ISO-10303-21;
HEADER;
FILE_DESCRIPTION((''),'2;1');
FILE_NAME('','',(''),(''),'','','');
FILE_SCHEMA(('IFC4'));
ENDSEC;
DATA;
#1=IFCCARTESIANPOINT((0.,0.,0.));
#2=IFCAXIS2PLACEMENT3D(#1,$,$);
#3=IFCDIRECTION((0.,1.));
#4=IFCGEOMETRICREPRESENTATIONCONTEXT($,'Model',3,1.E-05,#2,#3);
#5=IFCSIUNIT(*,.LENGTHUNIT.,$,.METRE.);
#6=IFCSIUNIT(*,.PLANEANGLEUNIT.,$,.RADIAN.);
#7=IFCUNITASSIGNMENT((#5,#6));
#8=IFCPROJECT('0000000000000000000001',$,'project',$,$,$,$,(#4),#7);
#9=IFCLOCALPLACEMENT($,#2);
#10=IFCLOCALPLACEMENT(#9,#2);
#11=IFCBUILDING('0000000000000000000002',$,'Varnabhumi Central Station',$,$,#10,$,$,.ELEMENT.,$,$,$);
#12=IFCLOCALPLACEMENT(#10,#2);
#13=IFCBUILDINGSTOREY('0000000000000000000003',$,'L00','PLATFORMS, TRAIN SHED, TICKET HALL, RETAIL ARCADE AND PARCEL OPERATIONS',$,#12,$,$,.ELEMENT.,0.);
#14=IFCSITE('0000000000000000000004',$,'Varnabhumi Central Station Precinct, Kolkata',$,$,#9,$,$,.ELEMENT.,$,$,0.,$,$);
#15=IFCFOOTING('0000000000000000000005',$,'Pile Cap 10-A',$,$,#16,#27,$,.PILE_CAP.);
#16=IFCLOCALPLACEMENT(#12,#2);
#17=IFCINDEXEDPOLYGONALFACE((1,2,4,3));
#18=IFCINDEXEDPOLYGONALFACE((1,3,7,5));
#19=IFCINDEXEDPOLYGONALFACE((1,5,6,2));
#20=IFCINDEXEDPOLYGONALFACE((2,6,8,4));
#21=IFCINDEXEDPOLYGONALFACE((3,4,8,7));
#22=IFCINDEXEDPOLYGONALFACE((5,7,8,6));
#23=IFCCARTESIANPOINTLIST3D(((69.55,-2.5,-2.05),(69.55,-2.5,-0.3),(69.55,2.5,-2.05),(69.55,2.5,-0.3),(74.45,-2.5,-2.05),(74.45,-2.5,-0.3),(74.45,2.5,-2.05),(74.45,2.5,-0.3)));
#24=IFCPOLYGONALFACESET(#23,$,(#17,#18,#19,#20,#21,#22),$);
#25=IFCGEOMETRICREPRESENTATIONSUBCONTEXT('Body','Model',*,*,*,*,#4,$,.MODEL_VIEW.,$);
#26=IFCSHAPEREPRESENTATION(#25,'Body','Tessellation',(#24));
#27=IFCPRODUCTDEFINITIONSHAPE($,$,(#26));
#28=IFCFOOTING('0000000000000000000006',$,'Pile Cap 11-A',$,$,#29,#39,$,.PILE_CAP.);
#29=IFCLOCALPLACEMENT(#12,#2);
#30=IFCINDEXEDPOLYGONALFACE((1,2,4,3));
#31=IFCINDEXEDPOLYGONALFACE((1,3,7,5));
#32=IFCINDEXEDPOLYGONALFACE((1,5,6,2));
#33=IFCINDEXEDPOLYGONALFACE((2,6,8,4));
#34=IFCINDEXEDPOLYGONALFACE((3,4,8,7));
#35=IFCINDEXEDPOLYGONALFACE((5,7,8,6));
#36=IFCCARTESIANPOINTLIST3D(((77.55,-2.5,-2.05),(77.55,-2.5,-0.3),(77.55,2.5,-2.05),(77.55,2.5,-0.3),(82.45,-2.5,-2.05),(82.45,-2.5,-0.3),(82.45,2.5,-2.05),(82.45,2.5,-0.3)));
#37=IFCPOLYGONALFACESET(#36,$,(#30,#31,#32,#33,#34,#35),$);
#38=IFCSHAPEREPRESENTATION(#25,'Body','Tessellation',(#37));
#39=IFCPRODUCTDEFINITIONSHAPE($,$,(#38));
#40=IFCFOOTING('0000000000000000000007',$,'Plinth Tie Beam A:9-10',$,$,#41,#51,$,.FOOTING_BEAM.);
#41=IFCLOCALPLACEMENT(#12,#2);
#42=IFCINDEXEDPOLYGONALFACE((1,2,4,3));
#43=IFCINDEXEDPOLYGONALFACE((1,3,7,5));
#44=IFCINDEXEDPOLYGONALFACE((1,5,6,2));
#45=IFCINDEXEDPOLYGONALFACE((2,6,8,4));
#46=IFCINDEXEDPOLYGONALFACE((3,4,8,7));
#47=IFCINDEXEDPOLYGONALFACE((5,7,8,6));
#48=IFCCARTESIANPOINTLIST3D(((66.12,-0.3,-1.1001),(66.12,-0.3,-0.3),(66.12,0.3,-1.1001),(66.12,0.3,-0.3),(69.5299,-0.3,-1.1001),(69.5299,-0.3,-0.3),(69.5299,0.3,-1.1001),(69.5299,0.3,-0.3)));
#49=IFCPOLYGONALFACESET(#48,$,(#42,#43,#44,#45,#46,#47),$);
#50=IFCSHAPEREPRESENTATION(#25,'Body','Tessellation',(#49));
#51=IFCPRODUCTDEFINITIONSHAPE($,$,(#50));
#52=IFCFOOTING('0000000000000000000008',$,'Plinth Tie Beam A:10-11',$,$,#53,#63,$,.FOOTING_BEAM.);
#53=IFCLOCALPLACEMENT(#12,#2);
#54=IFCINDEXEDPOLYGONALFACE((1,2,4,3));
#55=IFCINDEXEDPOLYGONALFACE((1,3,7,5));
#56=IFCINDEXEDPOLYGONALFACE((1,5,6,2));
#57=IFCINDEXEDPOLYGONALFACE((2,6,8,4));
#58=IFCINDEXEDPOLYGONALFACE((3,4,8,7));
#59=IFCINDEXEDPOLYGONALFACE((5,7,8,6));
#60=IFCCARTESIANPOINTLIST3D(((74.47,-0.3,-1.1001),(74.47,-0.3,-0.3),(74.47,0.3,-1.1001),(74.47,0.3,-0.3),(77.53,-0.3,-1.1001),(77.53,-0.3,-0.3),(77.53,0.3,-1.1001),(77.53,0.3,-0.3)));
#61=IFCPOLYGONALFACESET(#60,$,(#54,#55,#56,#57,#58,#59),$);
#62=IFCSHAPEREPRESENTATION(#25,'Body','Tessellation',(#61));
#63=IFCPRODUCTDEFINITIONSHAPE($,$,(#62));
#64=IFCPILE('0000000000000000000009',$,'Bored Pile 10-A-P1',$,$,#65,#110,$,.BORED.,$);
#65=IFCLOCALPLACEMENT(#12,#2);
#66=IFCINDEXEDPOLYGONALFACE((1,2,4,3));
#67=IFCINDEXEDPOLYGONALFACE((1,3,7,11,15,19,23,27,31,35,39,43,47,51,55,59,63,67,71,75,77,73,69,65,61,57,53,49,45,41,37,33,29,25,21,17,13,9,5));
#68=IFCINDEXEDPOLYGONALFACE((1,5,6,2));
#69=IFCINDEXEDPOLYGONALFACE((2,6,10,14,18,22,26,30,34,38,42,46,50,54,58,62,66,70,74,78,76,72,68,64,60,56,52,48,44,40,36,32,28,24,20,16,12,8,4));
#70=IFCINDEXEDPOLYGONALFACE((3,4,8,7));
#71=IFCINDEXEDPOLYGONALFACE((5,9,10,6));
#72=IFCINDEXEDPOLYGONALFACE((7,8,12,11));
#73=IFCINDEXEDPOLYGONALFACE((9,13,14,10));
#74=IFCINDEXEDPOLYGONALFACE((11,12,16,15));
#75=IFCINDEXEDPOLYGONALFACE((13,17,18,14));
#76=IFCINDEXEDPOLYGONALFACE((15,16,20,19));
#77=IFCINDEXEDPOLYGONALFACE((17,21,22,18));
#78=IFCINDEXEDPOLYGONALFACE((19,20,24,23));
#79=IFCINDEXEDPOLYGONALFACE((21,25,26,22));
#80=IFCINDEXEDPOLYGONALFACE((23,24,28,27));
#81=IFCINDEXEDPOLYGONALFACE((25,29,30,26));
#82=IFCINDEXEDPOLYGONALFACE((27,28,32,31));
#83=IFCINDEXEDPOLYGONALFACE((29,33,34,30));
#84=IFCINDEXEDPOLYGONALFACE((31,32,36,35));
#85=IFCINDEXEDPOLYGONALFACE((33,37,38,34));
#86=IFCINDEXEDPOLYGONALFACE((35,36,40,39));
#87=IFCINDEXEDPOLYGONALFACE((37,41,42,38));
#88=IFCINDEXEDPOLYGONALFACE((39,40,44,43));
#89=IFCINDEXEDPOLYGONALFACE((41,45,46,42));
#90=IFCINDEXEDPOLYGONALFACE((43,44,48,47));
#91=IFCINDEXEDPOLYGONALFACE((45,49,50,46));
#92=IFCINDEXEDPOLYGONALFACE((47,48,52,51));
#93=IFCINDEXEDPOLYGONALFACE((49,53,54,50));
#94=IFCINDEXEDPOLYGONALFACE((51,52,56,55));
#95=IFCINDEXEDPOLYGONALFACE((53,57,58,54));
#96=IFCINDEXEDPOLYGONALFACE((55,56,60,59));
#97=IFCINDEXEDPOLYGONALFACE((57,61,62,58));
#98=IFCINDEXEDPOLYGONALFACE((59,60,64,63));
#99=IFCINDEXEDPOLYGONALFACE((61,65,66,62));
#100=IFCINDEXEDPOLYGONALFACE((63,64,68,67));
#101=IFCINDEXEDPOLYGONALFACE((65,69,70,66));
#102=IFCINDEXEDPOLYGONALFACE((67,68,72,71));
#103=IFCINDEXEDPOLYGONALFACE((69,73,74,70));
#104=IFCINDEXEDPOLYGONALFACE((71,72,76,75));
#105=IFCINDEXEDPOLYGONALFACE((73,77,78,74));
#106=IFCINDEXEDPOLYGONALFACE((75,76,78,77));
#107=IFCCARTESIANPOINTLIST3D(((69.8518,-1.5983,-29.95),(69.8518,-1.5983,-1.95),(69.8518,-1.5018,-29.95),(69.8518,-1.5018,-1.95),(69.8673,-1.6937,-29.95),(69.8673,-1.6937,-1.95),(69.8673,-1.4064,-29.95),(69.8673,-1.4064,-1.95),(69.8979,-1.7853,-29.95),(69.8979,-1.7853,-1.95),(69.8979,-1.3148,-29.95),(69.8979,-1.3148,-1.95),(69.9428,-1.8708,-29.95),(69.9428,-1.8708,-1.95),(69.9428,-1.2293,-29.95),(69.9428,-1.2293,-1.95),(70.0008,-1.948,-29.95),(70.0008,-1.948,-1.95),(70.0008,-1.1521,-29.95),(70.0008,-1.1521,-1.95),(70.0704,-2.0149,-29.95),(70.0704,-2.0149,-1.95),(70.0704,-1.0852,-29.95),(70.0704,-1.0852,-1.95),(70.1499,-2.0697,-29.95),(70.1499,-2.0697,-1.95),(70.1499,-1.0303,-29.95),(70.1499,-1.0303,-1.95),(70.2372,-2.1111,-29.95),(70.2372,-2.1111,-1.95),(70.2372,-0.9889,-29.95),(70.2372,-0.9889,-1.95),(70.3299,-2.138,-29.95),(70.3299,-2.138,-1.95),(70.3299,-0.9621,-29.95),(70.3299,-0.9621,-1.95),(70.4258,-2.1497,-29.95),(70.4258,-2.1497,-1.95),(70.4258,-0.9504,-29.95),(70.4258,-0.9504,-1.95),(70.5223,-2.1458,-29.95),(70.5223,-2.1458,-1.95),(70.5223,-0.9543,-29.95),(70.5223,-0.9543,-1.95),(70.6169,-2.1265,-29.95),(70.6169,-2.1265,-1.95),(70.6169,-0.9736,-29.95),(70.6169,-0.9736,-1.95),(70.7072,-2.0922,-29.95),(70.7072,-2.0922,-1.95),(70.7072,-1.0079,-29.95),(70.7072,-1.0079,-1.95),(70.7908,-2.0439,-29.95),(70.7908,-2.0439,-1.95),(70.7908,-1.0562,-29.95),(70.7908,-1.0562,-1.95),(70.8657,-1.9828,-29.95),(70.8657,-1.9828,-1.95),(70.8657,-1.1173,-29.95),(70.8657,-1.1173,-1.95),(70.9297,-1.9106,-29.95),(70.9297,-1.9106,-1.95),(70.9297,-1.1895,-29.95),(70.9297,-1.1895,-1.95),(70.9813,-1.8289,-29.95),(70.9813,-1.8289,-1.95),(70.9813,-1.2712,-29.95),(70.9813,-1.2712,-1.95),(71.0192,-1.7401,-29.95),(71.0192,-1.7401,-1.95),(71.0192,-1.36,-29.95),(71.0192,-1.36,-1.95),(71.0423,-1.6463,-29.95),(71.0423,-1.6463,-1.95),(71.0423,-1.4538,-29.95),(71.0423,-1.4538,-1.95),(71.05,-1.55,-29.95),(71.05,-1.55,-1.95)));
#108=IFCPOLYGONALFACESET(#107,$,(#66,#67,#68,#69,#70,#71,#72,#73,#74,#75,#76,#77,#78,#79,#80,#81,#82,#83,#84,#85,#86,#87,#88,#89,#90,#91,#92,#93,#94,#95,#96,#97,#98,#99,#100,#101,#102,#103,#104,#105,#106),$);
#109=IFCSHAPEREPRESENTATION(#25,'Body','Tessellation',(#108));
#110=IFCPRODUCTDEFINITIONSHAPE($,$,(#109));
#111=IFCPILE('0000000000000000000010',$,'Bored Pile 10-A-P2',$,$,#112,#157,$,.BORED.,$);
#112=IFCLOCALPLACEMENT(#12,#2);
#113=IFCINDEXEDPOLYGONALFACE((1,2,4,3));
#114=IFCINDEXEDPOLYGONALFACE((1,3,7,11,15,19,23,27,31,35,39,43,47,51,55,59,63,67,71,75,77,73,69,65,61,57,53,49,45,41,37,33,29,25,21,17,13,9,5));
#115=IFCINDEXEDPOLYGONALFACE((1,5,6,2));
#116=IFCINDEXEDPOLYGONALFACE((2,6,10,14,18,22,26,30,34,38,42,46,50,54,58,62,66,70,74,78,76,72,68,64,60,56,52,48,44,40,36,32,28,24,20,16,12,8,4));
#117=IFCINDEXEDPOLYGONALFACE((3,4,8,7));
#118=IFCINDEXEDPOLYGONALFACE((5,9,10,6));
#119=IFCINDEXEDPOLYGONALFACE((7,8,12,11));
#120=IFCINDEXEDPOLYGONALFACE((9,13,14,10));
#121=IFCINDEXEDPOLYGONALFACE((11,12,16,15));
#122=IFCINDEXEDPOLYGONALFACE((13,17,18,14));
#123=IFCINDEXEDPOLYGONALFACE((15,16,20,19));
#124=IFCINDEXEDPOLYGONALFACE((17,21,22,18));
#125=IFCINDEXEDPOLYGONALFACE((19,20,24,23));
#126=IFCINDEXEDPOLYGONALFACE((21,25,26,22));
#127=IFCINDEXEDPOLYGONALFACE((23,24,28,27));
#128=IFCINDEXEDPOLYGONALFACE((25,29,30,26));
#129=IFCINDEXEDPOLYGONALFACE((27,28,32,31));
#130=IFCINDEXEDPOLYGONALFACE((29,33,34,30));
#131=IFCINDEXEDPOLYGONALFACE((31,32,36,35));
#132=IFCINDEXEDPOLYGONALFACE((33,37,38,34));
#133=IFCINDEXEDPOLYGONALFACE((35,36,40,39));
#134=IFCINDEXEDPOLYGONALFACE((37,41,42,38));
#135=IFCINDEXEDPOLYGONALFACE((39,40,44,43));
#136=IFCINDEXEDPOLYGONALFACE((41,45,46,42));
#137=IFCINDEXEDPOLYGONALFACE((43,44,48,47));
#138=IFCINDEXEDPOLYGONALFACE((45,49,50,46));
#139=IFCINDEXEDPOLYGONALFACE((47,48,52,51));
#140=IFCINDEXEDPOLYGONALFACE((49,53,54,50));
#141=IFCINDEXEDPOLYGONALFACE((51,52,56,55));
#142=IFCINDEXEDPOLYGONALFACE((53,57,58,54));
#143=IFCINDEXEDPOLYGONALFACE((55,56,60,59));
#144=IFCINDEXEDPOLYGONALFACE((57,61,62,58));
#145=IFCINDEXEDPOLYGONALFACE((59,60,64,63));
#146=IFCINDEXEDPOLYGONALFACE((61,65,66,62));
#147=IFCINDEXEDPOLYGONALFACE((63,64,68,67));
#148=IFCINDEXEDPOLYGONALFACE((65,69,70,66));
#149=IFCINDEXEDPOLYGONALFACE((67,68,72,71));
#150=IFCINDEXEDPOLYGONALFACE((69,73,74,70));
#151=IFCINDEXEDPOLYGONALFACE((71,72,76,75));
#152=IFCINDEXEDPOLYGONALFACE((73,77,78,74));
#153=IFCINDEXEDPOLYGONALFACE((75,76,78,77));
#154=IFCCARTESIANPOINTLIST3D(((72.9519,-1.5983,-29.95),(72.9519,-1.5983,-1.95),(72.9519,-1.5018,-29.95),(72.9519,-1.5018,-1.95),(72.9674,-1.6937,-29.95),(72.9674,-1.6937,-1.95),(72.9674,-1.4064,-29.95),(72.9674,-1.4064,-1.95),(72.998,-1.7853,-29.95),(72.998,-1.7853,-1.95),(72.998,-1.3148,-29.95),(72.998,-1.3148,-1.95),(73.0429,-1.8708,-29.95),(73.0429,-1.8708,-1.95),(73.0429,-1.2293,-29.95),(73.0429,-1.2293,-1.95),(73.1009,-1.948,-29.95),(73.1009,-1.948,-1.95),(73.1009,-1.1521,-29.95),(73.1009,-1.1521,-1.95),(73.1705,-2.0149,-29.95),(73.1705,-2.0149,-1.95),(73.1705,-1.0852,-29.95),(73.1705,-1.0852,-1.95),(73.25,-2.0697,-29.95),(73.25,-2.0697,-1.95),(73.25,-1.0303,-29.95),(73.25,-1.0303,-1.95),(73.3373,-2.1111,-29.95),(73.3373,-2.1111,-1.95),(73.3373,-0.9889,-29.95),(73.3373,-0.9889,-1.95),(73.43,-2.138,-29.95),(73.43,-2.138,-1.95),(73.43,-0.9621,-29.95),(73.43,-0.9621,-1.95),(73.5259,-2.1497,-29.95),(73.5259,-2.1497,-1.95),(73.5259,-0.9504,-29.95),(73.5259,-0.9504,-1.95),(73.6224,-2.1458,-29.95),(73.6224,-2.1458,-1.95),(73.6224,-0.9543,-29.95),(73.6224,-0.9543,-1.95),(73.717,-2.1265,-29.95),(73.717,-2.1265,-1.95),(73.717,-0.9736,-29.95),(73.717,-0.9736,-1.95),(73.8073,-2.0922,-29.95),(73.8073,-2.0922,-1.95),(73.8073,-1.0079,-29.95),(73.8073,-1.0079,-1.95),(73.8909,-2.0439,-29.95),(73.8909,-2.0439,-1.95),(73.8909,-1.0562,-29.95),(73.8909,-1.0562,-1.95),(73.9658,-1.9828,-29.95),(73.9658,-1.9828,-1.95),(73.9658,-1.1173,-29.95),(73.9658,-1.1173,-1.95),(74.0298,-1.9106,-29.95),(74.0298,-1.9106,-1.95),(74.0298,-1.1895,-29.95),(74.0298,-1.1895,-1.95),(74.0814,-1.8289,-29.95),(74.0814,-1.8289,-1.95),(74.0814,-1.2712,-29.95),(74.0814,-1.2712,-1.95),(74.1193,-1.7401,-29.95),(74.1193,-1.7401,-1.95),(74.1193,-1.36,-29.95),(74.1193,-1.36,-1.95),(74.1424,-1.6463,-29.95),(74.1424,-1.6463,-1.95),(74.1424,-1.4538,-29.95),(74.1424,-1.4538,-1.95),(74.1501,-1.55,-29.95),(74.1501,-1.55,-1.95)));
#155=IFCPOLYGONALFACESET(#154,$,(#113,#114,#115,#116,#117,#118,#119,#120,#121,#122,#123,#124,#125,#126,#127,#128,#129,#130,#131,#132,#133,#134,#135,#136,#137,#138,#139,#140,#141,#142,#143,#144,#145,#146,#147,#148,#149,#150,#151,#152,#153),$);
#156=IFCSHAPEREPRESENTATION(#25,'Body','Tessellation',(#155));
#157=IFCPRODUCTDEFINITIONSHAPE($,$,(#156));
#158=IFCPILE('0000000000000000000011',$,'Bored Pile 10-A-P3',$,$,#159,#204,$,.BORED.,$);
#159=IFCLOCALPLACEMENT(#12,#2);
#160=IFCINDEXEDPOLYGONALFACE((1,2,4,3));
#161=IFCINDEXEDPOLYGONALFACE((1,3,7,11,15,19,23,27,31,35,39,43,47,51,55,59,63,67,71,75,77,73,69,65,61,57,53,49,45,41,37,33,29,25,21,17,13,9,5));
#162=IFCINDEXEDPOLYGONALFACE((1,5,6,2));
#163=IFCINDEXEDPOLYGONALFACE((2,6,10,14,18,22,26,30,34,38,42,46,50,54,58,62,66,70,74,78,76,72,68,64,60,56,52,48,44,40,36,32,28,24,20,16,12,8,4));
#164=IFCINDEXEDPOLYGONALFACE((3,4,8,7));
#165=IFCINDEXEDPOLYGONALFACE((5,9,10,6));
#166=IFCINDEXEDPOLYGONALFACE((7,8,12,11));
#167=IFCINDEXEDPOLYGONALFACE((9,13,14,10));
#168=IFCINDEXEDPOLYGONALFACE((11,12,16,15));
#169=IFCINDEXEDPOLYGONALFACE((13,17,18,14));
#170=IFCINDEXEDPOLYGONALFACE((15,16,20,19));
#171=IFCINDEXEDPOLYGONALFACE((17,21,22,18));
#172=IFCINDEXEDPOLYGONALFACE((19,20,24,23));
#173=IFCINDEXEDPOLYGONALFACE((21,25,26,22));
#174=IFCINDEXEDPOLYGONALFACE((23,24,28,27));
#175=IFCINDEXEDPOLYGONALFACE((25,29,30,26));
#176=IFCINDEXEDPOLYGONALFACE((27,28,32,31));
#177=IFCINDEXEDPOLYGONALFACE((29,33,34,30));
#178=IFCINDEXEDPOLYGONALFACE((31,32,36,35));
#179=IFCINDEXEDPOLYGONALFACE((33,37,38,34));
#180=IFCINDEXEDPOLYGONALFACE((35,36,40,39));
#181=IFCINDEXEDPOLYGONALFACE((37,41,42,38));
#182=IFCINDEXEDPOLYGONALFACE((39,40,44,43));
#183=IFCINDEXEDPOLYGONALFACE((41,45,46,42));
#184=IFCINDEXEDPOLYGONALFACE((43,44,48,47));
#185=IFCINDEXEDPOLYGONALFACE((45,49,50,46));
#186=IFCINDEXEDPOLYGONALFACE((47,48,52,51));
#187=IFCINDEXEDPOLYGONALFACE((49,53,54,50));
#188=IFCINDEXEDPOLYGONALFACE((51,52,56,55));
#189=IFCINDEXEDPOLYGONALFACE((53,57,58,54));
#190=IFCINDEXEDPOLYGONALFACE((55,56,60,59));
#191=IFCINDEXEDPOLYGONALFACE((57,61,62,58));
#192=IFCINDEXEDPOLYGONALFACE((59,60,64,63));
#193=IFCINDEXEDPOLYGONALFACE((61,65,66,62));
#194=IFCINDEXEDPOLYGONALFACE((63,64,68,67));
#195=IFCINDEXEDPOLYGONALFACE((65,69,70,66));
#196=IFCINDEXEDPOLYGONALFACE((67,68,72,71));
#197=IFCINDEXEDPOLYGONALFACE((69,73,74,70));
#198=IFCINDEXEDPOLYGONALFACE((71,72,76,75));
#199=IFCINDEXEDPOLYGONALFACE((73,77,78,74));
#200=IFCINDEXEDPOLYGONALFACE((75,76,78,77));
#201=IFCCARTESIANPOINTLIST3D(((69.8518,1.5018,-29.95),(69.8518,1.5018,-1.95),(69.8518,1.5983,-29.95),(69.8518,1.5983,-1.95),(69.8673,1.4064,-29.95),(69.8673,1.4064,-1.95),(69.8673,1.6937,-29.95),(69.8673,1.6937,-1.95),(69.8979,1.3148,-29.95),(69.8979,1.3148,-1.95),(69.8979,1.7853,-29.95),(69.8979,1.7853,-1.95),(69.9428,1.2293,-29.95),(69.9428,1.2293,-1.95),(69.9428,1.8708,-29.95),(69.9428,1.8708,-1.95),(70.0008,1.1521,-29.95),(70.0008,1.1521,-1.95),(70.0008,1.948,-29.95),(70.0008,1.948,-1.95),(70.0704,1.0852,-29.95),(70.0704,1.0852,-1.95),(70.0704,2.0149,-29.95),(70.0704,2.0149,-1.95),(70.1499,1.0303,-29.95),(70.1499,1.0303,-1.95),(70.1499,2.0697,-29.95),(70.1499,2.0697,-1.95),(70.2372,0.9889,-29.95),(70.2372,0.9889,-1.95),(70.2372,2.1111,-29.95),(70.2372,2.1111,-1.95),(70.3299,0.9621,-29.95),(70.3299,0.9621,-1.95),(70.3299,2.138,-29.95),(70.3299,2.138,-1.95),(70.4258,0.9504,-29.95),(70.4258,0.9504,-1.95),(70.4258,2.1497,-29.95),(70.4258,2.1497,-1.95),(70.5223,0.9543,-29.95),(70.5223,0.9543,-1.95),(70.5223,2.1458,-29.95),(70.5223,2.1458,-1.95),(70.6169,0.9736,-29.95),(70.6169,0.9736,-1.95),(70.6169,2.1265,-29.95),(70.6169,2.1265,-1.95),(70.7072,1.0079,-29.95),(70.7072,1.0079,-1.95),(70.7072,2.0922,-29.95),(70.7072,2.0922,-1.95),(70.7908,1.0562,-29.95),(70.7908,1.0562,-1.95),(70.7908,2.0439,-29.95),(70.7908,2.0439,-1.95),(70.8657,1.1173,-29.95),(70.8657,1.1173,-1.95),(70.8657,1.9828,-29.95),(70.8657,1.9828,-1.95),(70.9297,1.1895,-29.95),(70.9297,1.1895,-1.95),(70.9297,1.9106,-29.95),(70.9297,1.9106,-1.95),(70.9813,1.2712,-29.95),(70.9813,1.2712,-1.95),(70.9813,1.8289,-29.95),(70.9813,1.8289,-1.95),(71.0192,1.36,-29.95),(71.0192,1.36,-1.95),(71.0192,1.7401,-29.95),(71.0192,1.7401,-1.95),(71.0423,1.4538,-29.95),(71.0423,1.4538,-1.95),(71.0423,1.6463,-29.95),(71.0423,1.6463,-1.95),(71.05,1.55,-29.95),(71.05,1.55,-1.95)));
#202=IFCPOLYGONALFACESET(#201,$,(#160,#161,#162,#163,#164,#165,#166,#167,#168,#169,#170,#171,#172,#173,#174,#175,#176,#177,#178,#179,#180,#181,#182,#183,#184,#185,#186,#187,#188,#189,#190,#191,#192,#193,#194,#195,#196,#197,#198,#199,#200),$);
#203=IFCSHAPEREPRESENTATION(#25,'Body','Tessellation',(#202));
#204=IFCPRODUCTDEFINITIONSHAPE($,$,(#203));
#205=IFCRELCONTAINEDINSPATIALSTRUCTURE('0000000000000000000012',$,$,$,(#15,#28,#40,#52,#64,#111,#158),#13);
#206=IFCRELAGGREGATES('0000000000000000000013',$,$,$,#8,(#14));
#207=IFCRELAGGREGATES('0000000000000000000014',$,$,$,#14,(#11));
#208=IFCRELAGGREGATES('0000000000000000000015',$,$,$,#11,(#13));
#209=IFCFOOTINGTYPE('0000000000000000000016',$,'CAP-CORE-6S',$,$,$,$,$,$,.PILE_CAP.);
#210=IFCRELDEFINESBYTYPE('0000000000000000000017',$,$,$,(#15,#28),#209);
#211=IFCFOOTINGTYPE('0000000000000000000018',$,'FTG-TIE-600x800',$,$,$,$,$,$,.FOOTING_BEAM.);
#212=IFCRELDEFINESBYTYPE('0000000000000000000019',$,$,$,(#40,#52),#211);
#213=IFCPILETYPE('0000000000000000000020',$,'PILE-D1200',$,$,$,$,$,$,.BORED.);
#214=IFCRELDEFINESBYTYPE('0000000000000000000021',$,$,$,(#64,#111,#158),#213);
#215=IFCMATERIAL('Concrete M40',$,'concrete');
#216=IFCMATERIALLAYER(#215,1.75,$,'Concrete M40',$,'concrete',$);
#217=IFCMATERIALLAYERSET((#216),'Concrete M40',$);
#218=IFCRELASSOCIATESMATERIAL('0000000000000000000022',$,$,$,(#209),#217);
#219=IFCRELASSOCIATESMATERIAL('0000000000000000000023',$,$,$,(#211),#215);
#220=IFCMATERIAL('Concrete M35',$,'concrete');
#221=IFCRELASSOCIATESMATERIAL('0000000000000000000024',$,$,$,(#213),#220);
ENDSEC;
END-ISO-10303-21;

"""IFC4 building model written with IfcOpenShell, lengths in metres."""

from ifc_helpers import new_model, si_unit, direction, frame, origin, origin_2d, place, context, subcontext, project, spatial, rectangle, circle, extrude, material, layer, layer_set, material_profile, profile_set, type_object, element, save


model = new_model("IFC4")

# Units and contexts
model_context = context("Model", 3, precision=1e-05, world=origin(), true_north=direction((0.0, 1.0)))
body_context = subcontext(model_context, "Body", "Model", "MODEL_VIEW")
ifc_project = project(units=[si_unit("LENGTHUNIT", "METRE"), si_unit("PLANEANGLEUNIT", "RADIAN")], contexts=[model_context])

# Site, building, storey
site_placement = place(None, origin())
site = spatial("IfcSite", under=ifc_project, at=site_placement, Name="Varnabhumi Central Station Precinct, Kolkata", CompositionType="ELEMENT", RefElevation=0.0)
building_placement = place(site_placement, origin())
building = spatial("IfcBuilding", under=site, at=building_placement, Name="Varnabhumi Central Station", CompositionType="ELEMENT")
storey_placement = place(building_placement, origin())
storey = spatial("IfcBuildingStorey", under=building, at=storey_placement, Name="L00", Description="PLATFORMS, TRAIN SHED, TICKET HALL, RETAIL ARCADE AND PARCEL OPERATIONS", CompositionType="ELEMENT", Elevation=0.0)

# Footings
ifc_material_1 = material(Name="Concrete M40", Category="concrete")
ifc_layer_1 = layer(ifc_material_1, 1.75, Name="Concrete M40", Category="concrete")
ifc_layer_set_1 = layer_set([ifc_layer_1], Name="Concrete M40")
footing_type_1 = type_object("IfcFootingType", Name="CAP-CORE-6S", PredefinedType="PILE_CAP", material=ifc_layer_set_1)
for number, where, z_axis, x_axis, name in (
    (1, (72.0, 0.0, -2.05), (0.0, 0.0, 1.0), (1.0, 0.0, 0.0), "Pile Cap 10-A"),
    (2, (80.0, 0.0, -2.05), (0.0, 0.0, 1.0), (1.0, 0.0, 0.0), "Pile Cap 11-A"),
):
    element("IfcFooting", number, at=place(storey_placement, frame(where, z_axis=z_axis, x_axis=x_axis)), inside=storey, type_object=footing_type_1, Name=name, PredefinedType="PILE_CAP", context=body_context, shape_type="SweptSolid", body=[
        extrude(rectangle(XDim=4.8999, YDim=5.0, at=origin_2d()), origin(), (0.0, 0.0, 1.0), 1.75),
    ])
footing_type_2 = type_object("IfcFootingType", Name="FTG-TIE-600x800", PredefinedType="FOOTING_BEAM", material=ifc_material_1)
footing_1_placement = place(storey_placement, frame((67.825, 0.0, -1.1001), z_axis=(0.0, 0.0, 1.0), x_axis=(1.0, 0.0, 0.0)))
element("IfcFooting", 3, at=footing_1_placement, inside=storey, type_object=footing_type_2, Name="Plinth Tie Beam A:9-10", PredefinedType="FOOTING_BEAM", context=body_context, shape_type="SweptSolid", body=[
    extrude(rectangle(XDim=3.4099, YDim=0.6001, at=origin_2d()), origin(), (0.0, 0.0, 1.0), 0.8),
])
footing_2_placement = place(storey_placement, frame((76.0, 0.0, -1.1001), z_axis=(0.0, 0.0, 1.0), x_axis=(1.0, 0.0, 0.0)))
element("IfcFooting", 4, at=footing_2_placement, inside=storey, type_object=footing_type_2, Name="Plinth Tie Beam A:10-11", PredefinedType="FOOTING_BEAM", context=body_context, shape_type="SweptSolid", body=[
    extrude(rectangle(XDim=3.0601, YDim=0.6001, at=origin_2d()), origin(), (0.0, 0.0, 1.0), 0.8),
])

# Piles
ifc_material_2 = material(Name="Concrete M35", Category="concrete")
ifc_material_profile_1 = material_profile(ifc_material_2, circle(Radius=0.6001, at=origin_2d()), Name="Concrete M35", Category="concrete")
ifc_profile_set_1 = profile_set([ifc_material_profile_1], Name="Concrete M35")
pile_type = type_object("IfcPileType", Name="PILE-D1200", PredefinedType="BORED", material=ifc_profile_set_1)
for number, where, z_axis, x_axis, name in (
    (5, (70.45, -1.55, -1.95), (0.0, 0.0, -1.0), (1.0, 0.0, 0.0), "Bored Pile 10-A-P1"),
    (6, (73.55, -1.55, -1.95), (0.0, 0.0, -1.0), (1.0, 0.0, 0.0), "Bored Pile 10-A-P2"),
    (7, (70.45, 1.55, -1.95), (0.0, 0.0, -1.0), (1.0, 0.0, 0.0), "Bored Pile 10-A-P3"),
):
    element("IfcPile", number, at=place(storey_placement, frame(where, z_axis=z_axis, x_axis=x_axis)), inside=storey, type_object=pile_type, Name=name, PredefinedType="BORED", context=body_context, shape_type="SweptSolid", body=[
        extrude(circle(Radius=0.6001, at=origin_2d()), origin(), (0.0, 0.0, 1.0), 28.0),
    ])

save(model, "model.ifc")
